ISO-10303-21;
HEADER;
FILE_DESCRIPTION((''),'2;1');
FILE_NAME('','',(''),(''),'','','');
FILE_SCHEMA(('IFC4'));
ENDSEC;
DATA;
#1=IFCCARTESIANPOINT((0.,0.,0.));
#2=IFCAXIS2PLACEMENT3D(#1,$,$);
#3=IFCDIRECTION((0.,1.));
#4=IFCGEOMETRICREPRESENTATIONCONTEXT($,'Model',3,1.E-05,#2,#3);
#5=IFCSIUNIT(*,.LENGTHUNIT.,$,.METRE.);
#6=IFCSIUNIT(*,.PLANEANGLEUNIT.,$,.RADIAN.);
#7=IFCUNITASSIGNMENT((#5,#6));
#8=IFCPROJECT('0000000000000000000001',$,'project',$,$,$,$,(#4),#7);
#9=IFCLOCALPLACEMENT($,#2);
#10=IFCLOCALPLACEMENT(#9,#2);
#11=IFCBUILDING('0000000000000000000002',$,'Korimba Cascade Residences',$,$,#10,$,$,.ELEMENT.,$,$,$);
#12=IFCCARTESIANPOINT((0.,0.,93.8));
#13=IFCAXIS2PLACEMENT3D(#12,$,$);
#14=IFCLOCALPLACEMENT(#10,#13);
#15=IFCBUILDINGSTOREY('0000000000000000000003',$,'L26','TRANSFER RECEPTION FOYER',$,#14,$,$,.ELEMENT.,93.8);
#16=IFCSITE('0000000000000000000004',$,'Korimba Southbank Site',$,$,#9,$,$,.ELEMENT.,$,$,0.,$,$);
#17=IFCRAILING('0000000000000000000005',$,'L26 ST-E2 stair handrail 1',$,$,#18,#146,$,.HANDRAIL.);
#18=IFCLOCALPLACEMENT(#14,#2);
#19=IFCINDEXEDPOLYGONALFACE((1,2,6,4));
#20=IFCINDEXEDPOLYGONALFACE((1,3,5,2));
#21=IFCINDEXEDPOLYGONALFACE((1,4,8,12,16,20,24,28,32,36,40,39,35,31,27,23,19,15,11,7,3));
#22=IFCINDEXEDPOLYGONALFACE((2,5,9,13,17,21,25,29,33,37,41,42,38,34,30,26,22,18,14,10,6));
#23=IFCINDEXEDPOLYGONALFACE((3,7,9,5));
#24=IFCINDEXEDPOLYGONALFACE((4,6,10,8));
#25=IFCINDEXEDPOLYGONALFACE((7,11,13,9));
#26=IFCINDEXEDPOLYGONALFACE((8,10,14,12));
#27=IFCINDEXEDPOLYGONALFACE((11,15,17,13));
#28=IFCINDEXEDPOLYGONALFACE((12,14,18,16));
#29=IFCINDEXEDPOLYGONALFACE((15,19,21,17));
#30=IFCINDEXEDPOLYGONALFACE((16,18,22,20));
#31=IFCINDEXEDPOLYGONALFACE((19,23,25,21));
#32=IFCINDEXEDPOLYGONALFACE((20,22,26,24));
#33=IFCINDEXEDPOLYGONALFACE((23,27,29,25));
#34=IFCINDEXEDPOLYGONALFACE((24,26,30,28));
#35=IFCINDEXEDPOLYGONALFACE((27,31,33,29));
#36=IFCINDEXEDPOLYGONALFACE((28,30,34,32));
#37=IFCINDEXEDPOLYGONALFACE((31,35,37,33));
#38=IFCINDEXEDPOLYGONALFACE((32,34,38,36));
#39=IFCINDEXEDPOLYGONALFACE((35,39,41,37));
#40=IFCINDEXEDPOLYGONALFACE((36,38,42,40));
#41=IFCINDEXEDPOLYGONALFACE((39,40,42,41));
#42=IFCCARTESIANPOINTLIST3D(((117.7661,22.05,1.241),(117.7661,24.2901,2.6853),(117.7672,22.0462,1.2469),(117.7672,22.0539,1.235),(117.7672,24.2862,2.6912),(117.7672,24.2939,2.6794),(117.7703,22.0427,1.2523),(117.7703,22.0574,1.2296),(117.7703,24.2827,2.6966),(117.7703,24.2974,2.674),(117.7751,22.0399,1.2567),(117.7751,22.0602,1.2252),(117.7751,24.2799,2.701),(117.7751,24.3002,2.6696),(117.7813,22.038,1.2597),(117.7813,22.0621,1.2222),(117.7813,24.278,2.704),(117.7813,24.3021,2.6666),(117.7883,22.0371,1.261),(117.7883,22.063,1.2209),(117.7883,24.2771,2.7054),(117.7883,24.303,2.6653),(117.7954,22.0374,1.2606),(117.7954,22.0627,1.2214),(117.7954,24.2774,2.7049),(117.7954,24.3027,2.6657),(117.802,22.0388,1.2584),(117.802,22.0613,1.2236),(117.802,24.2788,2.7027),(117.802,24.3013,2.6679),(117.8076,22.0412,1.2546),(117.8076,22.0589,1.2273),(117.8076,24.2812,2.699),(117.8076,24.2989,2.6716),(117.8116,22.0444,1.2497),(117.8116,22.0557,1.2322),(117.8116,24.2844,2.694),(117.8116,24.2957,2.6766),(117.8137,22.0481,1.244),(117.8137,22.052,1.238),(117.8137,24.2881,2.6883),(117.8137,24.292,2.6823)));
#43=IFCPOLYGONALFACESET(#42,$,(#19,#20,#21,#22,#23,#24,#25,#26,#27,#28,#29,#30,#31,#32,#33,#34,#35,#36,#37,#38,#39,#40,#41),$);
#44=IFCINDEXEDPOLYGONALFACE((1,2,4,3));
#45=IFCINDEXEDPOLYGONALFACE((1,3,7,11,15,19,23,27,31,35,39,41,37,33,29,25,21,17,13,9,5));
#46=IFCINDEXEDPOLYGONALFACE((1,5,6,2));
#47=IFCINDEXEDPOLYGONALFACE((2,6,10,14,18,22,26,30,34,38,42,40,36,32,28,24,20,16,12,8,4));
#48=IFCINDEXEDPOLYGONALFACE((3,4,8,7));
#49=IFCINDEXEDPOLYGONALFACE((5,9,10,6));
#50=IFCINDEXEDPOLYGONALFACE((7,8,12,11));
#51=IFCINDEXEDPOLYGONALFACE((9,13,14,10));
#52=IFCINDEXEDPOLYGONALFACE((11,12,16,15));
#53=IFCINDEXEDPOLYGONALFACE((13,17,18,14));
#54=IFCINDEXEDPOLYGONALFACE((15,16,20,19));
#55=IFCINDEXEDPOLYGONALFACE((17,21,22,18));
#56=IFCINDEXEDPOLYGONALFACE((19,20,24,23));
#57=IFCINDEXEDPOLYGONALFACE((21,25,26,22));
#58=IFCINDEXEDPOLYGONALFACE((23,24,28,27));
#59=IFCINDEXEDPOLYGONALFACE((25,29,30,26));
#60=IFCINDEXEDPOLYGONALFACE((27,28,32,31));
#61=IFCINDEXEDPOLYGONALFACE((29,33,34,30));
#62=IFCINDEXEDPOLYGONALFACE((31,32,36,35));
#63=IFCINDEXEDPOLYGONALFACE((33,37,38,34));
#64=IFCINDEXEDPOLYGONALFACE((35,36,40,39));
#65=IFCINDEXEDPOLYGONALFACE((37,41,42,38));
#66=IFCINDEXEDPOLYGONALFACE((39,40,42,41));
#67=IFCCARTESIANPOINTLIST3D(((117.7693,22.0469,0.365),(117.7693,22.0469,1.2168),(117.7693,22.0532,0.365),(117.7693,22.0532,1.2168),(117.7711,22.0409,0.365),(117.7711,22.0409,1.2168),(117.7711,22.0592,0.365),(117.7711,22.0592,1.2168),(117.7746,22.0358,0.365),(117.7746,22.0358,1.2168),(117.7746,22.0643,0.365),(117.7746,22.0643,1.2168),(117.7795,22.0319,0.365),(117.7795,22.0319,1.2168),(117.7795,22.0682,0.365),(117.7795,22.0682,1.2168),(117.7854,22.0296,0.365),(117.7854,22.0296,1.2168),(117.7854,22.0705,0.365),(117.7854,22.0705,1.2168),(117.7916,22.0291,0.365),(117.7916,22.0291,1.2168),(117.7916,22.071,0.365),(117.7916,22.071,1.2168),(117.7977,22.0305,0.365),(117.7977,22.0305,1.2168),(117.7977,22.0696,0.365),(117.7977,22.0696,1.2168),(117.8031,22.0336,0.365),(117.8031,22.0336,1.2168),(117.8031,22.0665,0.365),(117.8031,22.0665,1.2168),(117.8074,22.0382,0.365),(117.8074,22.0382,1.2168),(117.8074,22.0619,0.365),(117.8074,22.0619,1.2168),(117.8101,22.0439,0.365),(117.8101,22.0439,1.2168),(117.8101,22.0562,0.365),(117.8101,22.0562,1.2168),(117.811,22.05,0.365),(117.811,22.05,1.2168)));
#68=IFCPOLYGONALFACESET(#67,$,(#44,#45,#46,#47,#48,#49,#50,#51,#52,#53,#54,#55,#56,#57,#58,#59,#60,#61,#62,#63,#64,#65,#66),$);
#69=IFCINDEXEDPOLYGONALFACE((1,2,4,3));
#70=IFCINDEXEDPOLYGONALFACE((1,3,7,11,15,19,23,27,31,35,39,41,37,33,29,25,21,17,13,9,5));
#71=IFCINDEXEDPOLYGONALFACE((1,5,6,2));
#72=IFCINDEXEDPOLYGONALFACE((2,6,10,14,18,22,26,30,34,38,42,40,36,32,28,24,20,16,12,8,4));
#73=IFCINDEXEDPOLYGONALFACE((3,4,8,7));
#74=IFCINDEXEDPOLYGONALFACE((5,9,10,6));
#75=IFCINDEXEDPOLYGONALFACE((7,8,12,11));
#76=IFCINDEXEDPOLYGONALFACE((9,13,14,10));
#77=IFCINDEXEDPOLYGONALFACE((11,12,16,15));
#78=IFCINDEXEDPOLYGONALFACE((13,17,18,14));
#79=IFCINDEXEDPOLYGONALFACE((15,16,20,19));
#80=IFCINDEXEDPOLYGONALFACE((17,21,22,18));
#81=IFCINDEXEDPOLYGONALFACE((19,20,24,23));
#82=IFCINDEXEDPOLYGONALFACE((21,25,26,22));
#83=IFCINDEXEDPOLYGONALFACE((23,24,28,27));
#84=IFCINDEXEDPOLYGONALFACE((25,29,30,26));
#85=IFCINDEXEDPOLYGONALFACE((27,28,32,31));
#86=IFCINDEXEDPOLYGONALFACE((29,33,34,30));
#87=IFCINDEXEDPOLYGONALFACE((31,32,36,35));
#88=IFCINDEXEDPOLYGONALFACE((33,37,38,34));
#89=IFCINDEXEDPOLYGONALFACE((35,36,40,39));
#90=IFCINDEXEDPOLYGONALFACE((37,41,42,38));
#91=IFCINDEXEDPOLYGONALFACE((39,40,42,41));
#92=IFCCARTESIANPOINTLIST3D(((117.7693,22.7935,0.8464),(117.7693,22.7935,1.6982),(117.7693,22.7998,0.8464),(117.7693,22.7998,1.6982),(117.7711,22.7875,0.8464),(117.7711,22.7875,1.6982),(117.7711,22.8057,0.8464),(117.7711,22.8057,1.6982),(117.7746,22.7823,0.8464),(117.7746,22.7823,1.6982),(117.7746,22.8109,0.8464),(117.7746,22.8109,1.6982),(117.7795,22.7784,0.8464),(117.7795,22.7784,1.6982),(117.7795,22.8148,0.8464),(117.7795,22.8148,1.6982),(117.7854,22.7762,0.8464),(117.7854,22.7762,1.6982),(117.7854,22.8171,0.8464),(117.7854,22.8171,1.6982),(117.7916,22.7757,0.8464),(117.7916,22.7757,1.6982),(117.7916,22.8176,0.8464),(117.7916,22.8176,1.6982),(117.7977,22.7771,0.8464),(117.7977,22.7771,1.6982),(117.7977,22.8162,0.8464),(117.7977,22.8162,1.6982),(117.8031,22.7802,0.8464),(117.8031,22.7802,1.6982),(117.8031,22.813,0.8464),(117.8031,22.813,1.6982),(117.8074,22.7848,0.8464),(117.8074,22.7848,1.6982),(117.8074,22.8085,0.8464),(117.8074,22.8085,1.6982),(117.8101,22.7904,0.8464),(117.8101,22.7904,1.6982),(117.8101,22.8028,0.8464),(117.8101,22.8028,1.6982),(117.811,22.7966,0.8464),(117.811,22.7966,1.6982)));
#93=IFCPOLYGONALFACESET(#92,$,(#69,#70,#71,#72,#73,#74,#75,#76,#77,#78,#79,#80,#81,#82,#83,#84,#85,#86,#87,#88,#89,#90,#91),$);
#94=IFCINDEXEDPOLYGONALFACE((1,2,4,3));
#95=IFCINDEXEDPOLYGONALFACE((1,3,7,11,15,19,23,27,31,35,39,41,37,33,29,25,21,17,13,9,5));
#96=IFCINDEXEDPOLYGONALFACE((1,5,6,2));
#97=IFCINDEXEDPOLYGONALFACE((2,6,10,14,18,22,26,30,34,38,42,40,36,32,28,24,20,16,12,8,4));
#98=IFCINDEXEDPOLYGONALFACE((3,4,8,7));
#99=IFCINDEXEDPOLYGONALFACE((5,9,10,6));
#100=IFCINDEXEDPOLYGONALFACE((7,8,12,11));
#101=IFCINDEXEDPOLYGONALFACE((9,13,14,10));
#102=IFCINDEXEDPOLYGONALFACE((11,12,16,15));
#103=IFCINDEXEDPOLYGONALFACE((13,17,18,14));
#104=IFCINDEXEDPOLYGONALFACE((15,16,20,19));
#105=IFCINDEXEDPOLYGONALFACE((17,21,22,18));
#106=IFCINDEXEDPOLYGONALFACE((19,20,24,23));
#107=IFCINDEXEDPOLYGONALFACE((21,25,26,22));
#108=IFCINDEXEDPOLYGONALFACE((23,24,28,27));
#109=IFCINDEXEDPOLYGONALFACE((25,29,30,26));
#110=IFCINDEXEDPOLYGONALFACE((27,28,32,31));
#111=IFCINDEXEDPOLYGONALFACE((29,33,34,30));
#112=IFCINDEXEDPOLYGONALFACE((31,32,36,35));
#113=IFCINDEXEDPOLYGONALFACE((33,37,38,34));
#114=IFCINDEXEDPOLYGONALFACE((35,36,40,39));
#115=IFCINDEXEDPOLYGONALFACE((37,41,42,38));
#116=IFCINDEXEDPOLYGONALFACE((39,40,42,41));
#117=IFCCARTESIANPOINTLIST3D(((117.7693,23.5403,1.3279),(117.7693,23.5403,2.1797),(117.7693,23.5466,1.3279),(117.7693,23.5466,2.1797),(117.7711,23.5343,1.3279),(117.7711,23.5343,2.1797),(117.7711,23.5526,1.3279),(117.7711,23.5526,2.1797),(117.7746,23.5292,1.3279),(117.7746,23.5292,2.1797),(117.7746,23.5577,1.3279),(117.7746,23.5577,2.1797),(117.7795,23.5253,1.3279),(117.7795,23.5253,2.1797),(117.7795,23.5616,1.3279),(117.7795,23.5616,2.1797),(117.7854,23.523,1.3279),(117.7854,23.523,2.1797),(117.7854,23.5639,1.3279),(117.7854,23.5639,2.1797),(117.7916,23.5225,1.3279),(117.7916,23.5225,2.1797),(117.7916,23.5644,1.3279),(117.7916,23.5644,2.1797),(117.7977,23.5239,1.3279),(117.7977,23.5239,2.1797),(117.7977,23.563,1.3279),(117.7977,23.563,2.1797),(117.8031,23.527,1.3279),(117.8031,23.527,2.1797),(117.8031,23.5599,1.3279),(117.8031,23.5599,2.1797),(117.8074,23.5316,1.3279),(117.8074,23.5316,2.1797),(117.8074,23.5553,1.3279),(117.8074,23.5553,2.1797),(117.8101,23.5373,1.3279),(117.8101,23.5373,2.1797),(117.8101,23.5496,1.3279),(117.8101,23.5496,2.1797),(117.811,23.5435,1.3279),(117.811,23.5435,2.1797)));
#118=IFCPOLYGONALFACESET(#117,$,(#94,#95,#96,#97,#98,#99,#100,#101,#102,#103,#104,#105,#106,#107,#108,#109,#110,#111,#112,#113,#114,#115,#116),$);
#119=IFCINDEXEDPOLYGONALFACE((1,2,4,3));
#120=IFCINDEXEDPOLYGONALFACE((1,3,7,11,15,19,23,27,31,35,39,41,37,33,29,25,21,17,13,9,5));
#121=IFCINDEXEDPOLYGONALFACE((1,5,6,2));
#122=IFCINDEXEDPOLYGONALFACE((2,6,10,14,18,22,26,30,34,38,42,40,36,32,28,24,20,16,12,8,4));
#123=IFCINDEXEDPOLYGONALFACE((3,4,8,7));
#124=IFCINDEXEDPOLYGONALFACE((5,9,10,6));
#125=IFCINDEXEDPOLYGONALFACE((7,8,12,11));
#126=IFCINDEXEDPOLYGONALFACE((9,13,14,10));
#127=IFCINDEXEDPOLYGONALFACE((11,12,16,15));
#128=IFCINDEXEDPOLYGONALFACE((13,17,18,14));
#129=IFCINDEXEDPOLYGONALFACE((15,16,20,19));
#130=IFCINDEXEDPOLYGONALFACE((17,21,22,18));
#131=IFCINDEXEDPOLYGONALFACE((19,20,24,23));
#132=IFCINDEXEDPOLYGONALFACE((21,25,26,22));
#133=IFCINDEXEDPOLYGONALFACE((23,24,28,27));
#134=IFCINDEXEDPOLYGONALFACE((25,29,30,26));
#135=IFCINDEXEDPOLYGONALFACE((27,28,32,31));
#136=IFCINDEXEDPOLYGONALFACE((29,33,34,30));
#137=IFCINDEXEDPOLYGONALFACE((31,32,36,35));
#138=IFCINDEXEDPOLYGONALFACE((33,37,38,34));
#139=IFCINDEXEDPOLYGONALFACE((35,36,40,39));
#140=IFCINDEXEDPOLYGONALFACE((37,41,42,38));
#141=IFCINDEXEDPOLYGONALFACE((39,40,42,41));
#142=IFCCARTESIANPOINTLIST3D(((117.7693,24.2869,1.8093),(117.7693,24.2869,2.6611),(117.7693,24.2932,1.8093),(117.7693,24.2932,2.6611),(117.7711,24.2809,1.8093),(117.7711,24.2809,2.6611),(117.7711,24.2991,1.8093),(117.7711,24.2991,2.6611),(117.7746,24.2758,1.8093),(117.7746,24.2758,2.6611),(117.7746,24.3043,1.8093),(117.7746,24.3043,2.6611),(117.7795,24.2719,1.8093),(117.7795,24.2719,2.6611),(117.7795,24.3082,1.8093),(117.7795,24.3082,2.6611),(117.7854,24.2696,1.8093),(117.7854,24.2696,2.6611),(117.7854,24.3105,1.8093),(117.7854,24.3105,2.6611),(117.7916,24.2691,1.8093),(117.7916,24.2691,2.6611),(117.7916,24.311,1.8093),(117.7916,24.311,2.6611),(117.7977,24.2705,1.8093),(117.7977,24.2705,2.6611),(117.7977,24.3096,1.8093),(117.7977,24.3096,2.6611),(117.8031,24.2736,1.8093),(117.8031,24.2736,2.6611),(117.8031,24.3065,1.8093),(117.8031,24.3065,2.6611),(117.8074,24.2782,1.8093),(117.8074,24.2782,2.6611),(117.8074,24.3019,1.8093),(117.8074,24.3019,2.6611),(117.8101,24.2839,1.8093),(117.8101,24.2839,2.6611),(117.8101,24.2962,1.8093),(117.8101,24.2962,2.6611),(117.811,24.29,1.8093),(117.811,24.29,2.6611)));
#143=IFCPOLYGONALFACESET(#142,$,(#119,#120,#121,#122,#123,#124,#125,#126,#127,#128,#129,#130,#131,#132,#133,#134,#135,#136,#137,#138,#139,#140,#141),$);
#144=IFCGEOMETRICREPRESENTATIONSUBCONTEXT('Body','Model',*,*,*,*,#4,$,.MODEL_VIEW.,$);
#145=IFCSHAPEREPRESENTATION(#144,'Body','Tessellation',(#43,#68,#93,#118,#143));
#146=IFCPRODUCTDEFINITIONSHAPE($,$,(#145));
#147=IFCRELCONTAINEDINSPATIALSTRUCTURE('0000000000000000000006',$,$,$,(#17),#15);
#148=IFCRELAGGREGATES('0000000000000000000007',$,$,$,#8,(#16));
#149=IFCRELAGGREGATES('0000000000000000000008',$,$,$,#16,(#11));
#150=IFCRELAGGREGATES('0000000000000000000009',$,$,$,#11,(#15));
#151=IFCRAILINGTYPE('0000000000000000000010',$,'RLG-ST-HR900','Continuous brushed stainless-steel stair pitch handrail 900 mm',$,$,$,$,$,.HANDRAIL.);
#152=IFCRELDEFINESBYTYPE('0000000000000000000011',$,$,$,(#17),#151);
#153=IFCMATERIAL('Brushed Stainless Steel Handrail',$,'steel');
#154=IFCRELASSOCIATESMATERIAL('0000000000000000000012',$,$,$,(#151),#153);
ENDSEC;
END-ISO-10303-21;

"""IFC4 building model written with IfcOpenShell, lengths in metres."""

from ifc_helpers import new_model, si_unit, direction, frame, origin, origin_2d, place, context, subcontext, project, spatial, circle, extrude, material, type_object, element, save


model = new_model("IFC4")

# Units and contexts
model_context = context("Model", 3, precision=1e-05, world=origin(), true_north=direction((0.0, 1.0)))
body_context = subcontext(model_context, "Body", "Model", "MODEL_VIEW")
ifc_project = project(units=[si_unit("LENGTHUNIT", "METRE"), si_unit("PLANEANGLEUNIT", "RADIAN")], contexts=[model_context])

# Site, building, storey
site_placement = place(None, origin())
site = spatial("IfcSite", under=ifc_project, at=site_placement, Name="Korimba Southbank Site", CompositionType="ELEMENT", RefElevation=0.0)
building_placement = place(site_placement, origin())
building = spatial("IfcBuilding", under=site, at=building_placement, Name="Korimba Cascade Residences", CompositionType="ELEMENT")
storey_placement = place(building_placement, frame((0.0, 0.0, 93.8)))
storey = spatial("IfcBuildingStorey", under=building, at=storey_placement, Name="L26", Description="TRANSFER RECEPTION FOYER", CompositionType="ELEMENT", Elevation=93.8)

# Railing
ifc_material_1 = material(Name="Brushed Stainless Steel Handrail", Category="steel")
railing_type_1 = type_object("IfcRailingType", Name="RLG-ST-HR900", Description="Continuous brushed stainless-steel stair pitch handrail 900 mm", PredefinedType="HANDRAIL", material=ifc_material_1)
railing_1_placement = place(storey_placement, frame((117.79, 22.05, 0.365)))
element("IfcRailing", 1, at=railing_1_placement, inside=storey, type_object=railing_type_1, Name="L26 ST-E2 stair handrail 1", PredefinedType="HANDRAIL", context=body_context, shape_type="SweptSolid", body=[
    extrude(circle(Radius=0.0239, at=origin_2d()), frame((0.0, 0.0, 0.876), z_axis=(0.0, 0.840437, 0.54191), x_axis=(-1.0, 0.0, 0.0)), (0.0, 0.0, 1.0), 2.6653),
    extrude(circle(Radius=0.021, at=origin_2d()), origin(), (0.0, 0.0, 1.0), 0.8518),
    extrude(circle(Radius=0.021, at=origin_2d()), frame((0.0, 0.7466, 0.4814)), (0.0, 0.0, 1.0), 0.8518),
    extrude(circle(Radius=0.021, at=origin_2d()), frame((0.0, 1.4934, 0.9629)), (0.0, 0.0, 1.0), 0.8518),
    extrude(circle(Radius=0.021, at=origin_2d()), frame((0.0, 2.24, 1.4443)), (0.0, 0.0, 1.0), 0.8518),
])

save(model, "model.ifc")
